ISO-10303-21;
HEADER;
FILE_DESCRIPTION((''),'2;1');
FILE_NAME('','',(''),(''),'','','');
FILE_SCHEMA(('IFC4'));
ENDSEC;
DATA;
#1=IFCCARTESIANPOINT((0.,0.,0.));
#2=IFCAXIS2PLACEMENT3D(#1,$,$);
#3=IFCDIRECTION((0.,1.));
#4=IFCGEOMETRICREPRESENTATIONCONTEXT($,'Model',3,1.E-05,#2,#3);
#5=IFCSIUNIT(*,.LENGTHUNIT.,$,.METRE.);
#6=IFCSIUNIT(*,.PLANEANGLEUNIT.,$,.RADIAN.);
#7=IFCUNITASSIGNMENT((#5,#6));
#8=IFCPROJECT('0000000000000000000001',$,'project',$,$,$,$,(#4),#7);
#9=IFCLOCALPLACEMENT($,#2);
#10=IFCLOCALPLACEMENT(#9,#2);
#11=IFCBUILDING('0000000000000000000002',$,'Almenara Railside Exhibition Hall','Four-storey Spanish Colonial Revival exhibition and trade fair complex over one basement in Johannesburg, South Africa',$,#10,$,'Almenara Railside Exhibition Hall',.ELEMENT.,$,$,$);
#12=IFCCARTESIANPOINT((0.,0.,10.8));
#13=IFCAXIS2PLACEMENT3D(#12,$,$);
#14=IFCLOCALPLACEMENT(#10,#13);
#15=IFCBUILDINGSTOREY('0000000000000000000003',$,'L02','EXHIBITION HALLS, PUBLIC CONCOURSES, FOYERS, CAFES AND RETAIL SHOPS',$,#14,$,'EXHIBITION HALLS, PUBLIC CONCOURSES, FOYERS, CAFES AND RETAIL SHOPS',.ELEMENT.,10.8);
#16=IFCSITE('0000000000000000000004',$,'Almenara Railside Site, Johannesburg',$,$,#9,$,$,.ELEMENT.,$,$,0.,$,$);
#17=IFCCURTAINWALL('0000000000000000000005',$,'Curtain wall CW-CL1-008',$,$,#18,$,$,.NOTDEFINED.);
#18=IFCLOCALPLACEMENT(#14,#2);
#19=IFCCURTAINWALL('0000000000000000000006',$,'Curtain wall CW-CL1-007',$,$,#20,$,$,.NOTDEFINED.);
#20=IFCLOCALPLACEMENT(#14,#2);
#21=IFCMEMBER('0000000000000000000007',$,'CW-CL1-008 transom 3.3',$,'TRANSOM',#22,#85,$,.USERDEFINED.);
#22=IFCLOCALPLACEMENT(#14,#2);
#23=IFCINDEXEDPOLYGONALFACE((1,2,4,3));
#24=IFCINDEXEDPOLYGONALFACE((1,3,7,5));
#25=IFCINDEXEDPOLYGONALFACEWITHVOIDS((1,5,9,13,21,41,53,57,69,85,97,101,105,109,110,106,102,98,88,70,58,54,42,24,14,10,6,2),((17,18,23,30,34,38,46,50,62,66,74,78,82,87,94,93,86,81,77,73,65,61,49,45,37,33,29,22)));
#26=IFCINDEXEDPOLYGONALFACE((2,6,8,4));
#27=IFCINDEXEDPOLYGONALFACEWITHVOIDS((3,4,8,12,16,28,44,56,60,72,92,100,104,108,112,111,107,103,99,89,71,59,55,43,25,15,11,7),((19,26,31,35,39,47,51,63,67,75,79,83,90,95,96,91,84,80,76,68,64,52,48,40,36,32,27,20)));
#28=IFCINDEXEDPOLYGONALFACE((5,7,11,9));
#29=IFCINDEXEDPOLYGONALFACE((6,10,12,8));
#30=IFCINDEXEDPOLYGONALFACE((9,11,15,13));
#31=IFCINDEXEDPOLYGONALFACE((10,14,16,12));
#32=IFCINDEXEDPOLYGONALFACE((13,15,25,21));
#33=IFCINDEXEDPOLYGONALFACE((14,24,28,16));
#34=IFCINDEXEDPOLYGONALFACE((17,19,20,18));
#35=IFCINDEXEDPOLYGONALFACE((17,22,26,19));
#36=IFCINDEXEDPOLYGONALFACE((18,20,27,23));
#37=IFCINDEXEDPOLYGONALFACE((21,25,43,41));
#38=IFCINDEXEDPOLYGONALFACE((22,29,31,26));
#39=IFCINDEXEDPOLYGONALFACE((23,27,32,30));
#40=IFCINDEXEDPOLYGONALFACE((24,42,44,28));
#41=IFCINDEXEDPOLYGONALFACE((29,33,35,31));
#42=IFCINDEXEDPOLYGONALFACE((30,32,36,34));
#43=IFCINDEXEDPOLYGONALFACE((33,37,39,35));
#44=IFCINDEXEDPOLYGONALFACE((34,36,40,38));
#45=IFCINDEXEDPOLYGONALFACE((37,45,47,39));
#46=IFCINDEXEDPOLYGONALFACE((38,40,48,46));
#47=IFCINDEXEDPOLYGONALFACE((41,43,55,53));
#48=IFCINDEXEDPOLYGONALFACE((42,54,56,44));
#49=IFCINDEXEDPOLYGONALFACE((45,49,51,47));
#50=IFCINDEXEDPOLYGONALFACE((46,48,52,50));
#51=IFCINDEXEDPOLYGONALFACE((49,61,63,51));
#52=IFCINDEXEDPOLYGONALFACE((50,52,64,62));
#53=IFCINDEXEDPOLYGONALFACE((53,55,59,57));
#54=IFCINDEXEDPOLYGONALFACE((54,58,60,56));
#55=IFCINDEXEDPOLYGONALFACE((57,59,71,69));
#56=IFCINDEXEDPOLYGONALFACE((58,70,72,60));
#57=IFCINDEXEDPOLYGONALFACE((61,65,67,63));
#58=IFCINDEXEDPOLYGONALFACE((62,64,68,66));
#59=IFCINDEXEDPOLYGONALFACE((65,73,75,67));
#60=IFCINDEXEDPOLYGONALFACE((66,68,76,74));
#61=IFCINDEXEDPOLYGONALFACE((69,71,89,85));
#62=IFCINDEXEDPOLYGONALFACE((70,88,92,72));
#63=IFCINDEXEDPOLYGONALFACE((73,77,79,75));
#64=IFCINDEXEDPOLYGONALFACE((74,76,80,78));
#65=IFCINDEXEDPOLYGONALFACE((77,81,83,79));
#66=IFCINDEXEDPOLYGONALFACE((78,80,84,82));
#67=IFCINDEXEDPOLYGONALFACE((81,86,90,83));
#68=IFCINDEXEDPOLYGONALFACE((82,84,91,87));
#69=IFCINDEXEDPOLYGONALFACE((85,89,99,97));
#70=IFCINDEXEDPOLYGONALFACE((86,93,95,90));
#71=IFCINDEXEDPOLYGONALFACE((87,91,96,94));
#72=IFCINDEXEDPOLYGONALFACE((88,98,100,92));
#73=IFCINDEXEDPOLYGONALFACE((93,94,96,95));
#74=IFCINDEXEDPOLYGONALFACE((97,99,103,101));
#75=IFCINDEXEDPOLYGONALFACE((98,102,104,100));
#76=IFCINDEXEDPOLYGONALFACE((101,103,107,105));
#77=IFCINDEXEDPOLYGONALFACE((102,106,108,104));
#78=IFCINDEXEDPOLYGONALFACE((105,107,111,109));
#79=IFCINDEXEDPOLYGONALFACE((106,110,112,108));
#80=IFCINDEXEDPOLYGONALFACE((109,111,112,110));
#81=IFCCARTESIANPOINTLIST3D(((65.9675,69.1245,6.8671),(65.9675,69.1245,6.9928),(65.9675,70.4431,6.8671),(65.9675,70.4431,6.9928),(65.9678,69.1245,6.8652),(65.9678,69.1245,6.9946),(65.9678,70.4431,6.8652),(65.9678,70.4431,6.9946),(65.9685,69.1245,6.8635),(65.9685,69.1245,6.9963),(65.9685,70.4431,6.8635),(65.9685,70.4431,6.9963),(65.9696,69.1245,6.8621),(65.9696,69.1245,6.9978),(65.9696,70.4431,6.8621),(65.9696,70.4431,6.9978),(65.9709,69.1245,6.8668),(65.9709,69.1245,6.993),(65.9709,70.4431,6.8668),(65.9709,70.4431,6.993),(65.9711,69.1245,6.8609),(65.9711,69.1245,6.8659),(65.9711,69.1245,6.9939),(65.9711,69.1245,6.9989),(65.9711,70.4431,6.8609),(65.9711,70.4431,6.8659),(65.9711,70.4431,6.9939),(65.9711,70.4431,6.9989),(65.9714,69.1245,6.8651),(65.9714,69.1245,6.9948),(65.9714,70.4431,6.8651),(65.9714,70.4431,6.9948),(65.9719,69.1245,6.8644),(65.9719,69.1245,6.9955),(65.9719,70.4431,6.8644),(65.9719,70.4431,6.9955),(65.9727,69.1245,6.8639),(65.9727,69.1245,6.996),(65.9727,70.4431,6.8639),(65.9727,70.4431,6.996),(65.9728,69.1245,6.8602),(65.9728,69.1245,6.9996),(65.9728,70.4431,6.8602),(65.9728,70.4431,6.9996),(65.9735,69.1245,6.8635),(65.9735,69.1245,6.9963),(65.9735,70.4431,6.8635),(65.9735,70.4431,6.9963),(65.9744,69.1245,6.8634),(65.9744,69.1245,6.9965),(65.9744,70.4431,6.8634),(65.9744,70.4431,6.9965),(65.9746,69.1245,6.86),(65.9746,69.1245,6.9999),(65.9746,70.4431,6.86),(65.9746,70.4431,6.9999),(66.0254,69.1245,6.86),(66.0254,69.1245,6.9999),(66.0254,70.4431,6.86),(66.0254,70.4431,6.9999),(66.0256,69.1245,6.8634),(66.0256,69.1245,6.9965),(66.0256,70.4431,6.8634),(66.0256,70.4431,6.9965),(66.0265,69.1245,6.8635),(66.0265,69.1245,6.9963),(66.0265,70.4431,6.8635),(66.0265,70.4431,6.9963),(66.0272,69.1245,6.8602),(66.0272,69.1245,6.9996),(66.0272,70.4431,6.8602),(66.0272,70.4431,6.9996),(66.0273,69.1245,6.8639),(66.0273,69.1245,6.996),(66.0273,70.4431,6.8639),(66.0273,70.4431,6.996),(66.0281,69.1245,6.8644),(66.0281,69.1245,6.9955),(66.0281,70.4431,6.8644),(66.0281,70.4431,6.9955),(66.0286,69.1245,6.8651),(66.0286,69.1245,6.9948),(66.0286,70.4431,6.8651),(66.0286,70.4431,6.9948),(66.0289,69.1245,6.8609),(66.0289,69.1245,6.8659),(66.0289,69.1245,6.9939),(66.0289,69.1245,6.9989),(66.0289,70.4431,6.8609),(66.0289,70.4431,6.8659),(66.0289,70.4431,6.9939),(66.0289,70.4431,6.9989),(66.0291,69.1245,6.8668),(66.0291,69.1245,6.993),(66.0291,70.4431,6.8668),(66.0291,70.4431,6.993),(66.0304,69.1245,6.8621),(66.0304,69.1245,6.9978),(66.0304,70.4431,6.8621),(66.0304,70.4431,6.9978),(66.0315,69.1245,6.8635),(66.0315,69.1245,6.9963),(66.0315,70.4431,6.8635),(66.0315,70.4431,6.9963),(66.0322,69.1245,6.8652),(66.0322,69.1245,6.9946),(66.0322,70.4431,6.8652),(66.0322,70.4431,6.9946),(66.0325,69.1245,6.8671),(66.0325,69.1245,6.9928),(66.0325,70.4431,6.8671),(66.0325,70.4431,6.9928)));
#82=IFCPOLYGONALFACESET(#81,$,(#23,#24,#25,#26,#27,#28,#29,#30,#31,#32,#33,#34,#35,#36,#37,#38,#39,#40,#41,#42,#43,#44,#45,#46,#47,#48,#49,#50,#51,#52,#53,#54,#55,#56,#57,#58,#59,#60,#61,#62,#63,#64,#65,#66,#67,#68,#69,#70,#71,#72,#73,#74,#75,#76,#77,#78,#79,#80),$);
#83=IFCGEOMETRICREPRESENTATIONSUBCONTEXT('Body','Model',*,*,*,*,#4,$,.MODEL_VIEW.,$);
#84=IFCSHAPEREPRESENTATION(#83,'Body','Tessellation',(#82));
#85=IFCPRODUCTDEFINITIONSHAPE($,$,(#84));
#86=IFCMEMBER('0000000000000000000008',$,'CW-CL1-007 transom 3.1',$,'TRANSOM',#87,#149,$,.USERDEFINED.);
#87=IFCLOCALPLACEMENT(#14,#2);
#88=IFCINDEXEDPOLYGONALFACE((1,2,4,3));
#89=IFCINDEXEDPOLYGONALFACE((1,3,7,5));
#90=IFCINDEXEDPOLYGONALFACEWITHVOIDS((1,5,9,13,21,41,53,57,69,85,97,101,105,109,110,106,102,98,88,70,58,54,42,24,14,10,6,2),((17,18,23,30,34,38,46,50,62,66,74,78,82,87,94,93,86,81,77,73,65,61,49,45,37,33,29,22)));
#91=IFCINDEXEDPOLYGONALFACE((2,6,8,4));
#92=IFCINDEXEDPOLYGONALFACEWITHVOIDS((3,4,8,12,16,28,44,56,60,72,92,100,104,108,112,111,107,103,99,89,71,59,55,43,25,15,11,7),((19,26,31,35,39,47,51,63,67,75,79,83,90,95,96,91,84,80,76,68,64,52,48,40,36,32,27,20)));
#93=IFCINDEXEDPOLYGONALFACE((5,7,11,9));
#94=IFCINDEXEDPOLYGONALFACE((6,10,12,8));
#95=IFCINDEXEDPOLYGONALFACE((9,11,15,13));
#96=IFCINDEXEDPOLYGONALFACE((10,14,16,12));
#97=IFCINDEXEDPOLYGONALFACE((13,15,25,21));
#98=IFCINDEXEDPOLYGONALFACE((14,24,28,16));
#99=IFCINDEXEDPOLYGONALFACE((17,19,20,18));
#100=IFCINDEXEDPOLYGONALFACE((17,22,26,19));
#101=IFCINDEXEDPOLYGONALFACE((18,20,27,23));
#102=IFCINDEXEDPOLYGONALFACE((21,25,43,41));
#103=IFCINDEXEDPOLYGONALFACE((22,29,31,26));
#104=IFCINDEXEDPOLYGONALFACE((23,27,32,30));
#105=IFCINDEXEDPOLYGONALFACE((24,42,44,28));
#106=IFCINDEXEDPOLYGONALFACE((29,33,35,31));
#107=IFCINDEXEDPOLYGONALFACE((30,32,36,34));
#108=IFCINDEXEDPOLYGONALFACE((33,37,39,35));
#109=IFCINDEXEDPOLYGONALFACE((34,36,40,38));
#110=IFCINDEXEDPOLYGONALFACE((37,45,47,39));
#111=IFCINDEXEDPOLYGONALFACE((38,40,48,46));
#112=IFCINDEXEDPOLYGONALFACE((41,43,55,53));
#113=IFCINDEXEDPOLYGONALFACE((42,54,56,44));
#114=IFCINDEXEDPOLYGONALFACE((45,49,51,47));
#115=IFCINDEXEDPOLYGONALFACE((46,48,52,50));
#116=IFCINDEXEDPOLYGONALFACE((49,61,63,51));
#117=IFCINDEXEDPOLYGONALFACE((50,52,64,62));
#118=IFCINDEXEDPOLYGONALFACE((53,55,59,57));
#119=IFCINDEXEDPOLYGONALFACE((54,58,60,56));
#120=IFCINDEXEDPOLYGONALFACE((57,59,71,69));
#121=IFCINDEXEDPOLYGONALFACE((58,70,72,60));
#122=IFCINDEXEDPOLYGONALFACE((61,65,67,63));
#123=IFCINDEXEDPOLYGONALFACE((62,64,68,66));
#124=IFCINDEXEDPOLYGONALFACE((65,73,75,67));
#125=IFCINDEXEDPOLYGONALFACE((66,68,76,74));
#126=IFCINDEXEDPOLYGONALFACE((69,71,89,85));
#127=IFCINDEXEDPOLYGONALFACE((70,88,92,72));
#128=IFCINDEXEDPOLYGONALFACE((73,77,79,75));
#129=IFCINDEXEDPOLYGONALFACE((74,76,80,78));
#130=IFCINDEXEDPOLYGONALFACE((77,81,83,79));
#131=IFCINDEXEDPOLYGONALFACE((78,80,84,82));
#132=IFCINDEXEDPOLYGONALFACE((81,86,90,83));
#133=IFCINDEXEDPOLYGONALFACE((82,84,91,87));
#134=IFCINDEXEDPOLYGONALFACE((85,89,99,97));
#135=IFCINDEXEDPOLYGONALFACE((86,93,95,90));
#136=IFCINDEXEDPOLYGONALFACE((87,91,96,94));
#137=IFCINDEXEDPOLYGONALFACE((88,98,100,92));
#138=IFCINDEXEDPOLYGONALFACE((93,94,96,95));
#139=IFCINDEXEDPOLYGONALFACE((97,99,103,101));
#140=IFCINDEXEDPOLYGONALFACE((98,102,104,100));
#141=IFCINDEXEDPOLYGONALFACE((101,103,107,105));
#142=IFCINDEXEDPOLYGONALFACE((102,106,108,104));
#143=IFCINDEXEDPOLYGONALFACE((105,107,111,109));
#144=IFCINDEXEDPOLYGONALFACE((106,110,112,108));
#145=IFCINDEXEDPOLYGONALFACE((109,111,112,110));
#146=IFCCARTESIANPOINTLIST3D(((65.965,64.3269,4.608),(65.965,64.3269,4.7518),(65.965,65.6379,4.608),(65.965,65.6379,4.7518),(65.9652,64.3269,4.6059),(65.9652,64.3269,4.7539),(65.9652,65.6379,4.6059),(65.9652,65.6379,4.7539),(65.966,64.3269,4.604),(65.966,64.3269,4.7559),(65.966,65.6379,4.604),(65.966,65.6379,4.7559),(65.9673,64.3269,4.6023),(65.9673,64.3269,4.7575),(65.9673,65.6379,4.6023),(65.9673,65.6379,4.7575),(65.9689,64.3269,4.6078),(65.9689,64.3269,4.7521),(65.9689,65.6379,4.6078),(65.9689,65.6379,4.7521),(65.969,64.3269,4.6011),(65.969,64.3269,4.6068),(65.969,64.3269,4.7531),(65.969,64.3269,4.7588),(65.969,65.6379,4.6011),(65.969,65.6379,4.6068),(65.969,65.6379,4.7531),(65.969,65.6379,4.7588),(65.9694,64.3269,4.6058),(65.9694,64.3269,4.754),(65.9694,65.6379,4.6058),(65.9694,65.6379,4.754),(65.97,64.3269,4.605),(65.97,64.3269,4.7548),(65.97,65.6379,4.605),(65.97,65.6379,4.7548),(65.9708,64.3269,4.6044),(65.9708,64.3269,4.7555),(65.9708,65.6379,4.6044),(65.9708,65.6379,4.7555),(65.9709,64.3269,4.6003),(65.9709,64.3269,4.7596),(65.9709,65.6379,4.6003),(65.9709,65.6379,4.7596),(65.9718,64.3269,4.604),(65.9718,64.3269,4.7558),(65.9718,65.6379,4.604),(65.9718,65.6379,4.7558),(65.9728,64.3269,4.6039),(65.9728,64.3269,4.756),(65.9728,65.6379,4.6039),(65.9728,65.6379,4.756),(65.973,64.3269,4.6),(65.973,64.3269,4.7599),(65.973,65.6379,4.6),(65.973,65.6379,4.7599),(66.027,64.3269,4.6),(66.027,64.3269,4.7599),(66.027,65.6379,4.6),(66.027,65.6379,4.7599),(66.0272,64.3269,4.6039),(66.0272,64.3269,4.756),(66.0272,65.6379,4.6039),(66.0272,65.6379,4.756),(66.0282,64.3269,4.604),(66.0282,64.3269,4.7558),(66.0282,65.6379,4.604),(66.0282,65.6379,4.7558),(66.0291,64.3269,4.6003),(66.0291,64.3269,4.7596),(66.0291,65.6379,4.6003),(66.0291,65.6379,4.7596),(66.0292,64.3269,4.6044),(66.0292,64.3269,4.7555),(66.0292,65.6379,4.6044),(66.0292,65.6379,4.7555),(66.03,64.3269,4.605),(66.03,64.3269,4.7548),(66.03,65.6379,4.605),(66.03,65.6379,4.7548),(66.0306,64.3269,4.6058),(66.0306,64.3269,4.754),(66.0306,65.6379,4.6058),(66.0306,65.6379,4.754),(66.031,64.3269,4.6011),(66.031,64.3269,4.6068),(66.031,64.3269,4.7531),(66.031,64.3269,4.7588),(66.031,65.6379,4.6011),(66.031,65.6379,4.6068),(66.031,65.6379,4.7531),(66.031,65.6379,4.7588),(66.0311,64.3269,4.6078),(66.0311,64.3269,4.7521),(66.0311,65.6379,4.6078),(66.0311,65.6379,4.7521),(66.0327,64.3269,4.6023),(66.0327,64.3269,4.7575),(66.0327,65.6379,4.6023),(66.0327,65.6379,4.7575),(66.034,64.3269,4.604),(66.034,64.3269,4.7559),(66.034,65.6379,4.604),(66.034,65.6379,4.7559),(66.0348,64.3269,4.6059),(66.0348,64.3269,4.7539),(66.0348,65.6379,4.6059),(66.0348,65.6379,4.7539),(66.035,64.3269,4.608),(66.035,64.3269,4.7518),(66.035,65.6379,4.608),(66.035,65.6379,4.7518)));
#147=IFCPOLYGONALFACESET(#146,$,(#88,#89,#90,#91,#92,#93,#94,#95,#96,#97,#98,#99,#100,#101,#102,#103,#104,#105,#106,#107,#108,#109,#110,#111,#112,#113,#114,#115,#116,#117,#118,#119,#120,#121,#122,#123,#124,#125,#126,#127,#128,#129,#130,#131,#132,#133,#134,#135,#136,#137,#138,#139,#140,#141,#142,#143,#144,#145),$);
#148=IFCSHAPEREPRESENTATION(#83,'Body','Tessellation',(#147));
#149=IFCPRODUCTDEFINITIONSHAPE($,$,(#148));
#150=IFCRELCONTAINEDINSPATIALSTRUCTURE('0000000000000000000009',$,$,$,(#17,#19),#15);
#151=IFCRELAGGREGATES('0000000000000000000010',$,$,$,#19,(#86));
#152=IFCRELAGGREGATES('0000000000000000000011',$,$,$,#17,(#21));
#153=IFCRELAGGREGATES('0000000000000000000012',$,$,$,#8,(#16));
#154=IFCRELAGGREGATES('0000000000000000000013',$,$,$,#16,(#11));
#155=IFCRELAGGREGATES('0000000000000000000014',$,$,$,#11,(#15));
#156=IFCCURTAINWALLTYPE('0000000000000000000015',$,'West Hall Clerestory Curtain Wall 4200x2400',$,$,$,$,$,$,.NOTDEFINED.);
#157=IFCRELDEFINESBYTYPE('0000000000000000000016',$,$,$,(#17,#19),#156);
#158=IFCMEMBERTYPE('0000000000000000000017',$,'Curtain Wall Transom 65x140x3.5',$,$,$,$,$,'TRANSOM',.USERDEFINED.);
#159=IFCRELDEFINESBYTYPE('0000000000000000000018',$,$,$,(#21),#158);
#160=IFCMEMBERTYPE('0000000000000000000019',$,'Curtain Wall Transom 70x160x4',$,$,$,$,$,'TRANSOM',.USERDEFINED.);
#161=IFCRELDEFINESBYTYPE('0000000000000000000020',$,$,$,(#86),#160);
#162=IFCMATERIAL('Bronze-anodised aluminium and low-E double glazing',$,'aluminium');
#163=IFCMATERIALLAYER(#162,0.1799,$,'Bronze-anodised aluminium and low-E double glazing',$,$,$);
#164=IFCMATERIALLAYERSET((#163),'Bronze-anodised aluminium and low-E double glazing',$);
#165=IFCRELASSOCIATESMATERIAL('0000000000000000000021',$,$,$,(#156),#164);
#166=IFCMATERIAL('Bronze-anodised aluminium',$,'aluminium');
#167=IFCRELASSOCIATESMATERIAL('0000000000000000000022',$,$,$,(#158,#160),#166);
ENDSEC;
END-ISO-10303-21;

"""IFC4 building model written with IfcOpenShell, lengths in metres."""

from ifc_helpers import new_model, si_unit, direction, frame, origin, origin_2d, place, context, subcontext, project, spatial, hollow_rectangle, extrude, material, layer, layer_set, material_profile, profile_set, type_object, element, aggregate, save


model = new_model("IFC4")

# Units and contexts
model_context = context("Model", 3, precision=1e-05, world=origin(), true_north=direction((0.0, 1.0)))
body_context = subcontext(model_context, "Body", "Model", "MODEL_VIEW")
ifc_project = project(units=[si_unit("LENGTHUNIT", "METRE"), si_unit("PLANEANGLEUNIT", "RADIAN")], contexts=[model_context])

# Site, building, storey
site_placement = place(None, origin())
site = spatial("IfcSite", under=ifc_project, at=site_placement, Name="Almenara Railside Site, Johannesburg", CompositionType="ELEMENT", RefElevation=0.0)
building_placement = place(site_placement, origin())
building = spatial("IfcBuilding", under=site, at=building_placement, Name="Almenara Railside Exhibition Hall", Description="Four-storey Spanish Colonial Revival exhibition and trade fair complex over one basement in Johannesburg, South Africa", LongName="Almenara Railside Exhibition Hall", CompositionType="ELEMENT")
storey_placement = place(building_placement, frame((0.0, 0.0, 10.8)))
storey = spatial("IfcBuildingStorey", under=building, at=storey_placement, Name="L02", Description="EXHIBITION HALLS, PUBLIC CONCOURSES, FOYERS, CAFES AND RETAIL SHOPS", LongName="EXHIBITION HALLS, PUBLIC CONCOURSES, FOYERS, CAFES AND RETAIL SHOPS", CompositionType="ELEMENT", Elevation=10.8)

# Curtain walls
ifc_material_1 = material(Name="Bronze-anodised aluminium and low-E double glazing", Category="aluminium")
ifc_layer_1 = layer(ifc_material_1, 0.1799, Name="Bronze-anodised aluminium and low-E double glazing")
ifc_layer_set_1 = layer_set([ifc_layer_1], Name="Bronze-anodised aluminium and low-E double glazing")
curtain_wall_type_1 = type_object("IfcCurtainWallType", Name="West Hall Clerestory Curtain Wall 4200x2400", PredefinedType="NOTDEFINED", material=ifc_layer_set_1)
curtain_wall_1_placement = place(storey_placement, origin())
curtain_wall_1 = element("IfcCurtainWall", 1, at=curtain_wall_1_placement, inside=storey, type_object=curtain_wall_type_1, Name="Curtain wall CW-CL1-008", PredefinedType="NOTDEFINED")
ifc_material_2 = material(Name="Bronze-anodised aluminium", Category="aluminium")
curtain_wall_2_placement = place(storey_placement, origin())
curtain_wall_2 = element("IfcCurtainWall", 2, at=curtain_wall_2_placement, inside=storey, type_object=curtain_wall_type_1, Name="Curtain wall CW-CL1-007", PredefinedType="NOTDEFINED")

# Members
ifc_material_profile_1 = material_profile(ifc_material_2, hollow_rectangle(XDim=0.0649, YDim=0.1399, WallThickness=0.0034, InnerFilletRadius=0.0034, OuterFilletRadius=0.0071, at=origin_2d()), Name="ALU-TRN 65x140x3.5")
ifc_profile_set_1 = profile_set([ifc_material_profile_1], Name="Bronze-anodised aluminium")
member_type_1 = type_object("IfcMemberType", Name="Curtain Wall Transom 65x140x3.5", ElementType="TRANSOM", PredefinedType="USERDEFINED", material=ifc_profile_set_1)
member_1_placement = place(storey_placement, frame((66.0, 69.1245, 6.9299), z_axis=(0.0, 1.0, 0.0), x_axis=(-1.0, 0.0, 0.0)))
member_1 = element("IfcMember", 3, at=member_1_placement, type_object=member_type_1, Name="CW-CL1-008 transom 3.3", ObjectType="TRANSOM", PredefinedType="USERDEFINED", context=body_context, shape_type="SweptSolid", body=[
    extrude(hollow_rectangle(XDim=0.0649, YDim=0.1399, WallThickness=0.0034, InnerFilletRadius=0.0034, OuterFilletRadius=0.0071, at=origin_2d()), origin(), (0.0, 0.0, 1.0), 1.3186),
])
ifc_material_profile_2 = material_profile(ifc_material_2, hollow_rectangle(XDim=0.0701, YDim=0.1599, WallThickness=0.0039, InnerFilletRadius=0.0039, OuterFilletRadius=0.0081, at=origin_2d()), Name="ALU-TRN 70x160x4")
ifc_profile_set_2 = profile_set([ifc_material_profile_2], Name="Bronze-anodised aluminium")
member_type_2 = type_object("IfcMemberType", Name="Curtain Wall Transom 70x160x4", ElementType="TRANSOM", PredefinedType="USERDEFINED", material=ifc_profile_set_2)
member_2_placement = place(storey_placement, frame((66.0, 64.3269, 4.6799), z_axis=(0.0, 1.0, 0.0), x_axis=(-1.0, 0.0, 0.0)))
member_2 = element("IfcMember", 4, at=member_2_placement, type_object=member_type_2, Name="CW-CL1-007 transom 3.1", ObjectType="TRANSOM", PredefinedType="USERDEFINED", context=body_context, shape_type="SweptSolid", body=[
    extrude(hollow_rectangle(XDim=0.0701, YDim=0.1599, WallThickness=0.0039, InnerFilletRadius=0.0039, OuterFilletRadius=0.0081, at=origin_2d()), origin(), (0.0, 0.0, 1.0), 1.311),
])

aggregate(curtain_wall_2, [member_2])
aggregate(curtain_wall_1, [member_1])

save(model, "model.ifc")
